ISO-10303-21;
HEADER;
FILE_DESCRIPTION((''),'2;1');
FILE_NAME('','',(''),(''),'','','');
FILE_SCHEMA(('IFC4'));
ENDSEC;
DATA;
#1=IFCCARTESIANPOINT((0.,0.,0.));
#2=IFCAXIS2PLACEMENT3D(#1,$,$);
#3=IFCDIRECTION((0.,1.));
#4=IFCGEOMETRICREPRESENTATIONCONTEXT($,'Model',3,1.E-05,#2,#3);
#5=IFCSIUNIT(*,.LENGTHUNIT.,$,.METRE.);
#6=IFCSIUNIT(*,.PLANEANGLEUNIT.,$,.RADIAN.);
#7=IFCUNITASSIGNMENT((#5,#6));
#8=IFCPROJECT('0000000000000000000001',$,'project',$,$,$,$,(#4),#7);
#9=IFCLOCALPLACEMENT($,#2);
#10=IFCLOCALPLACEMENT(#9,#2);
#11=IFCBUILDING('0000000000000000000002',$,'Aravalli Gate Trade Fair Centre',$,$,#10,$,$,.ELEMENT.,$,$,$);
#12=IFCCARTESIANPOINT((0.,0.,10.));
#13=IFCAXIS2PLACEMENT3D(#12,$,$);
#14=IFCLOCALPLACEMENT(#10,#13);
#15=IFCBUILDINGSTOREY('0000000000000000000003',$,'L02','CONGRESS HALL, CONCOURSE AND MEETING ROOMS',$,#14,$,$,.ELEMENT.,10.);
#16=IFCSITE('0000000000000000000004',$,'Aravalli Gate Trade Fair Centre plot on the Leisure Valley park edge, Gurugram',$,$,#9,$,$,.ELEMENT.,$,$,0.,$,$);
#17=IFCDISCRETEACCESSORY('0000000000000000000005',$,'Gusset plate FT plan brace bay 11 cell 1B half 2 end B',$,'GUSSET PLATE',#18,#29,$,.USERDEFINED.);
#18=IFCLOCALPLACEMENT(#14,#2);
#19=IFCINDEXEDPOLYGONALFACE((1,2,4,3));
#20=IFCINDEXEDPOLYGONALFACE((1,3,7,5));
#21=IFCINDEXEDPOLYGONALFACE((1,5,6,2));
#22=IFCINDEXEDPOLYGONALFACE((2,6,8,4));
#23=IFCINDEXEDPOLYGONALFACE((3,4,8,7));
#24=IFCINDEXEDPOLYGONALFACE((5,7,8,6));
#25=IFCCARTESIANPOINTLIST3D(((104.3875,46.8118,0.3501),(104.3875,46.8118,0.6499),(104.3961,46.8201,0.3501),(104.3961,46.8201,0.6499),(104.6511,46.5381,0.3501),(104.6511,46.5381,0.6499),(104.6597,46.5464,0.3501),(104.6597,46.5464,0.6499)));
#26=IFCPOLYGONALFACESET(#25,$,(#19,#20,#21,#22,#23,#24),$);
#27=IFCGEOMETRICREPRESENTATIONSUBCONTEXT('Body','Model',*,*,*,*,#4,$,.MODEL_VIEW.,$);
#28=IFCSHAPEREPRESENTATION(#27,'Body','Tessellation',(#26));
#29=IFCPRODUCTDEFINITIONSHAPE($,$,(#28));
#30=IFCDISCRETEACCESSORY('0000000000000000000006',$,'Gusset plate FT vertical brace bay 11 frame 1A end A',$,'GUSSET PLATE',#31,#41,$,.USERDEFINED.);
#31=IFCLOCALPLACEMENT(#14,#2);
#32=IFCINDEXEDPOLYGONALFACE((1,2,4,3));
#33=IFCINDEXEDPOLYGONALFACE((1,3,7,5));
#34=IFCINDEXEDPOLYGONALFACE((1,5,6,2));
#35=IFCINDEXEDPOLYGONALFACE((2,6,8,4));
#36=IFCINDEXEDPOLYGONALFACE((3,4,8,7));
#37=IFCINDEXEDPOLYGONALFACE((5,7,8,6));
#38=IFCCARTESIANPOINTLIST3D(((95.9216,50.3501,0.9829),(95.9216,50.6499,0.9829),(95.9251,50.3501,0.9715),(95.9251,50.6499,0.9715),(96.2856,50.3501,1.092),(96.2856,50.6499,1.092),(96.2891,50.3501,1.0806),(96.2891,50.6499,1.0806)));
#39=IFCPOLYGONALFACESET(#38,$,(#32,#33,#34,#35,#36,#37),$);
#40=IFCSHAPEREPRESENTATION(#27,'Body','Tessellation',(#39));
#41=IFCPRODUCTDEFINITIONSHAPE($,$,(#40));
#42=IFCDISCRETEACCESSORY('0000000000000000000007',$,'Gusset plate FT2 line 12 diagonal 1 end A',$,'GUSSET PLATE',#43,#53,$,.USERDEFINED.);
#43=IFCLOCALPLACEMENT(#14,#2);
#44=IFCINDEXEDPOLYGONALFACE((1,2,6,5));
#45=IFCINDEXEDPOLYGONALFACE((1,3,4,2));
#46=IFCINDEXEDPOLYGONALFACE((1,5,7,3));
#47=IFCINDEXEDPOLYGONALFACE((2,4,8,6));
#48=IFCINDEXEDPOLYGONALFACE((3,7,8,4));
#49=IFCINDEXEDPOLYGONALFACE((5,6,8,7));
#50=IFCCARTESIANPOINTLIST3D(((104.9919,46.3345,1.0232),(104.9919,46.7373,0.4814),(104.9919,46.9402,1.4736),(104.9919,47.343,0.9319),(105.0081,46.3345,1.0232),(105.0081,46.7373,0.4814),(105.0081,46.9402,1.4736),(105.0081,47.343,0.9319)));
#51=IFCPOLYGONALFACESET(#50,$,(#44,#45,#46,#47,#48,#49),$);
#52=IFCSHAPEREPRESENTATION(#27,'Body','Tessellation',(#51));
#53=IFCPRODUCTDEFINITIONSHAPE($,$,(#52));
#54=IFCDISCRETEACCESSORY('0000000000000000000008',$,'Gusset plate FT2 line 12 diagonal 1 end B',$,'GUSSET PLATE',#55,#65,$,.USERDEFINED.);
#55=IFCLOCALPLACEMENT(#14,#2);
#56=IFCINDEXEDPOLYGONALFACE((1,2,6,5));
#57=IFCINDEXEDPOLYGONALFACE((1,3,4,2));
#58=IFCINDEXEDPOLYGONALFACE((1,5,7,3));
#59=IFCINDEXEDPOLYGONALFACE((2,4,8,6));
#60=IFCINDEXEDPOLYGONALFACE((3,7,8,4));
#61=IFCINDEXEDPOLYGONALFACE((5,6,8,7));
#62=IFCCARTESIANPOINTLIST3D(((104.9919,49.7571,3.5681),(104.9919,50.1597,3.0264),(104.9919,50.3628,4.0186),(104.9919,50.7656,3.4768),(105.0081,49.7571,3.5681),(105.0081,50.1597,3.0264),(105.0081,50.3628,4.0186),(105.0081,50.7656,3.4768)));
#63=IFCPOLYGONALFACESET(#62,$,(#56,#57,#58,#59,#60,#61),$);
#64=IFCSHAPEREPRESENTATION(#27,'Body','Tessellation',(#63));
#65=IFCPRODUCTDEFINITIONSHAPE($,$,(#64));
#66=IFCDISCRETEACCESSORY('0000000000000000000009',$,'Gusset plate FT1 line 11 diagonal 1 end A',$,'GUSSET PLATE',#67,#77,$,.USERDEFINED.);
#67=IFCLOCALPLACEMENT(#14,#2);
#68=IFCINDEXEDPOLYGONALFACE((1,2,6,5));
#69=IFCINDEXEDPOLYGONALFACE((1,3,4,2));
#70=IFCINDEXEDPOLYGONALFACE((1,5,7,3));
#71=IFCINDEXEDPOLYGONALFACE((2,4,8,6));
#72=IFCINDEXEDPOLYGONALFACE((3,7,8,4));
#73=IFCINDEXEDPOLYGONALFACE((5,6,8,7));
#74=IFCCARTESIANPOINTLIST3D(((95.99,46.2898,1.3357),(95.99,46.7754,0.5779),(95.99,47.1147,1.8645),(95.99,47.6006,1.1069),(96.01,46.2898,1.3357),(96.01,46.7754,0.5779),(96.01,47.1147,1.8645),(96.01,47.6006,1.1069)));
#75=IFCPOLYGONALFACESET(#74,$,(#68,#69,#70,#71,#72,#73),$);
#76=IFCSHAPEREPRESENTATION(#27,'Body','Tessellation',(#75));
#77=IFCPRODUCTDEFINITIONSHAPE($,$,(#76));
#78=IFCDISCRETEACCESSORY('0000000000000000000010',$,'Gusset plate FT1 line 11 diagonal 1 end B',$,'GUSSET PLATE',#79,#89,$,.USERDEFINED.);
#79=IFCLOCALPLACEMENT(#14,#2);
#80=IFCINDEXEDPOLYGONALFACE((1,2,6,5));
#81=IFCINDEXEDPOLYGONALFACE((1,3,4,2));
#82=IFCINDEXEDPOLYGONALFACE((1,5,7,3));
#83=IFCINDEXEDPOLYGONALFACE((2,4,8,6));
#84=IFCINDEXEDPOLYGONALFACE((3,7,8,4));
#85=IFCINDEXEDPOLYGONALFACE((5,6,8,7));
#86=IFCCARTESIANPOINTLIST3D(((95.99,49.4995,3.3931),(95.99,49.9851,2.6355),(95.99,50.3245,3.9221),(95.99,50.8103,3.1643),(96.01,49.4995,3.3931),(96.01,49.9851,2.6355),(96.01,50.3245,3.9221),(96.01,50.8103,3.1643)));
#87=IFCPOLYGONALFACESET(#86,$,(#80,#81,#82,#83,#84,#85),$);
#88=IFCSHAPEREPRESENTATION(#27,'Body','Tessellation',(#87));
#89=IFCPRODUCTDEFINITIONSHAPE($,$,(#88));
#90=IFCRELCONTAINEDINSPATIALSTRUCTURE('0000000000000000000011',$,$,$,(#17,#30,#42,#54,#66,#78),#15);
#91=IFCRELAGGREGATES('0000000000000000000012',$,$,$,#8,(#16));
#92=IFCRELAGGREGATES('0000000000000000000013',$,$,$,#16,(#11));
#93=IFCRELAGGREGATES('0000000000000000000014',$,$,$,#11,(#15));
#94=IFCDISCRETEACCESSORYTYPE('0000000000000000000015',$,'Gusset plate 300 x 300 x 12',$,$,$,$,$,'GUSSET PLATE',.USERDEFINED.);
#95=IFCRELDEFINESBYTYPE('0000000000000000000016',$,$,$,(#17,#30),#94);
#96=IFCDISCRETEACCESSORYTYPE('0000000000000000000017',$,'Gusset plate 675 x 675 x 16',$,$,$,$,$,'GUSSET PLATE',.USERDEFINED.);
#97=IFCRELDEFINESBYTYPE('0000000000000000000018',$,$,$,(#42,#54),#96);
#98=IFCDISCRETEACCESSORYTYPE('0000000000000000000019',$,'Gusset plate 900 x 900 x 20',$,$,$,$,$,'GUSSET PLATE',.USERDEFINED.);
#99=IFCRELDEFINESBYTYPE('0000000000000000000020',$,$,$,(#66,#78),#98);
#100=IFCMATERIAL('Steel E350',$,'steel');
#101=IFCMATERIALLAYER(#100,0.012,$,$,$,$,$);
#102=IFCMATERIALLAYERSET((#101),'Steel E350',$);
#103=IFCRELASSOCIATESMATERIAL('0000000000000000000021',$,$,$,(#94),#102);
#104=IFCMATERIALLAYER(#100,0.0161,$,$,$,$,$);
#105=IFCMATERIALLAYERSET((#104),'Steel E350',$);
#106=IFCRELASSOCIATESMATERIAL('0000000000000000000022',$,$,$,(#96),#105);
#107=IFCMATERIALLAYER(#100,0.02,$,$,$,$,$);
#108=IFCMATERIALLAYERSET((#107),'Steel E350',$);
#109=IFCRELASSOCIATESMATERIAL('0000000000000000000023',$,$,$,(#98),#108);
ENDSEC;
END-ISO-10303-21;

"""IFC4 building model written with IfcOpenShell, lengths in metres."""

from ifc_helpers import new_model, si_unit, direction, frame, origin, place, context, subcontext, project, spatial, polyline, outline, extrude, material, layer, layer_set, type_object, element, save


model = new_model("IFC4")

# Units and contexts
model_context = context("Model", 3, precision=1e-05, world=origin(), true_north=direction((0.0, 1.0)))
body_context = subcontext(model_context, "Body", "Model", "MODEL_VIEW")
ifc_project = project(units=[si_unit("LENGTHUNIT", "METRE"), si_unit("PLANEANGLEUNIT", "RADIAN")], contexts=[model_context])

# Site, building, storey
site_placement = place(None, origin())
site = spatial("IfcSite", under=ifc_project, at=site_placement, Name="Aravalli Gate Trade Fair Centre plot on the Leisure Valley park edge, Gurugram", CompositionType="ELEMENT", RefElevation=0.0)
building_placement = place(site_placement, origin())
building = spatial("IfcBuilding", under=site, at=building_placement, Name="Aravalli Gate Trade Fair Centre", CompositionType="ELEMENT")
storey_placement = place(building_placement, frame((0.0, 0.0, 10.0)))
storey = spatial("IfcBuildingStorey", under=building, at=storey_placement, Name="L02", Description="CONGRESS HALL, CONCOURSE AND MEETING ROOMS", CompositionType="ELEMENT", Elevation=10.0)

# Shared definitions
ifc_material_1 = material(Name="Steel E350", Category="steel")

# Discrete accessories
ifc_layer_1 = layer(ifc_material_1, 0.012)
ifc_layer_set_1 = layer_set([ifc_layer_1], Name="Steel E350")
discrete_accessory_type_1 = type_object("IfcDiscreteAccessoryType", Name="Gusset plate 300 x 300 x 12", ElementType="GUSSET PLATE", PredefinedType="USERDEFINED", material=ifc_layer_set_1)
discrete_accessory_1_placement = place(storey_placement, frame((104.3875, 46.8118, 0.3501), z_axis=(-0.720154, -0.693815, 0.0), x_axis=(0.693815, -0.720154, 0.0)))
element("IfcDiscreteAccessory", 1, at=discrete_accessory_1_placement, inside=storey, type_object=discrete_accessory_type_1, Name="Gusset plate FT plan brace bay 11 cell 1B half 2 end B", ObjectType="GUSSET PLATE", PredefinedType="USERDEFINED", context=body_context, shape_type="SweptSolid", body=[
    extrude(outline(polyline([(0.0, 0.0), (0.38, 0.0), (0.38, 0.2998), (0.0, 0.2998), (0.0, 0.0)])), origin(), (0.0, 0.0, -1.0), 0.012),
])
discrete_accessory_2_placement = place(storey_placement, frame((96.2856, 50.3501, 1.092), z_axis=(-0.287171, 0.0, 0.957879), x_axis=(-0.957879, 0.0, -0.287171)))
element("IfcDiscreteAccessory", 2, at=discrete_accessory_2_placement, inside=storey, type_object=discrete_accessory_type_1, Name="Gusset plate FT vertical brace bay 11 frame 1A end A", ObjectType="GUSSET PLATE", PredefinedType="USERDEFINED", context=body_context, shape_type="SweptSolid", body=[
    extrude(outline(polyline([(0.0, 0.0), (0.38, 0.0), (0.38, -0.2998), (0.0, -0.2998), (0.0, 0.0)])), origin(), (0.0, 0.0, -1.0), 0.012),
])
ifc_layer_2 = layer(ifc_material_1, 0.0161)
ifc_layer_set_2 = layer_set([ifc_layer_2], Name="Steel E350")
discrete_accessory_type_2 = type_object("IfcDiscreteAccessoryType", Name="Gusset plate 675 x 675 x 16", ElementType="GUSSET PLATE", PredefinedType="USERDEFINED", material=ifc_layer_set_2)
discrete_accessory_3_placement = place(storey_placement, frame((104.9919, 47.343, 0.9319), z_axis=(-1.0, 0.0, 0.0), x_axis=(0.0, -0.802439, -0.596735)))
element("IfcDiscreteAccessory", 3, at=discrete_accessory_3_placement, inside=storey, type_object=discrete_accessory_type_2, Name="Gusset plate FT2 line 12 diagonal 1 end A", ObjectType="GUSSET PLATE", PredefinedType="USERDEFINED", context=body_context, shape_type="SweptSolid", body=[
    extrude(outline(polyline([(0.0, 0.0), (0.7548, 0.0), (0.7548, 0.6751), (0.0, 0.6751), (0.0, 0.0)])), origin(), (0.0, 0.0, -1.0), 0.0161),
])
discrete_accessory_4_placement = place(storey_placement, frame((104.9919, 49.7571, 3.5681), z_axis=(-1.0, 0.0, 0.0), x_axis=(0.0, 0.802439, 0.596735)))
element("IfcDiscreteAccessory", 4, at=discrete_accessory_4_placement, inside=storey, type_object=discrete_accessory_type_2, Name="Gusset plate FT2 line 12 diagonal 1 end B", ObjectType="GUSSET PLATE", PredefinedType="USERDEFINED", context=body_context, shape_type="SweptSolid", body=[
    extrude(outline(polyline([(0.0, 0.0), (0.7548, 0.0), (0.7548, 0.6751), (-0.0002, 0.675), (0.0, 0.0)])), origin(), (0.0, 0.0, -1.0), 0.0161),
])
ifc_layer_3 = layer(ifc_material_1, 0.02)
ifc_layer_set_3 = layer_set([ifc_layer_3], Name="Steel E350")
discrete_accessory_type_3 = type_object("IfcDiscreteAccessoryType", Name="Gusset plate 900 x 900 x 20", ElementType="GUSSET PLATE", PredefinedType="USERDEFINED", material=ifc_layer_set_3)
discrete_accessory_5_placement = place(storey_placement, frame((95.99, 47.6006, 1.1069), z_axis=(-1.0, 0.0, 0.0), x_axis=(0.0, -0.841841, -0.539725)))
element("IfcDiscreteAccessory", 5, at=discrete_accessory_5_placement, inside=storey, type_object=discrete_accessory_type_3, Name="Gusset plate FT1 line 11 diagonal 1 end A", ObjectType="GUSSET PLATE", PredefinedType="USERDEFINED", context=body_context, shape_type="SweptSolid", body=[
    extrude(outline(polyline([(0.0, 0.0), (0.9802, 0.0), (0.98, 0.9), (0.0001, 0.9), (0.0, 0.0)])), origin(), (0.0, 0.0, -1.0), 0.02),
])
discrete_accessory_6_placement = place(storey_placement, frame((95.99, 49.4995, 3.3931), z_axis=(-1.0, 0.0, 0.0), x_axis=(0.0, 0.841769, 0.539838)))
element("IfcDiscreteAccessory", 6, at=discrete_accessory_6_placement, inside=storey, type_object=discrete_accessory_type_3, Name="Gusset plate FT1 line 11 diagonal 1 end B", ObjectType="GUSSET PLATE", PredefinedType="USERDEFINED", context=body_context, shape_type="SweptSolid", body=[
    extrude(outline(polyline([(0.0, 0.0), (0.98, 0.0), (0.9799, 0.9002), (-0.0002, 0.8998), (0.0, 0.0)])), origin(), (0.0, 0.0, -1.0), 0.02),
])

save(model, "model.ifc")
